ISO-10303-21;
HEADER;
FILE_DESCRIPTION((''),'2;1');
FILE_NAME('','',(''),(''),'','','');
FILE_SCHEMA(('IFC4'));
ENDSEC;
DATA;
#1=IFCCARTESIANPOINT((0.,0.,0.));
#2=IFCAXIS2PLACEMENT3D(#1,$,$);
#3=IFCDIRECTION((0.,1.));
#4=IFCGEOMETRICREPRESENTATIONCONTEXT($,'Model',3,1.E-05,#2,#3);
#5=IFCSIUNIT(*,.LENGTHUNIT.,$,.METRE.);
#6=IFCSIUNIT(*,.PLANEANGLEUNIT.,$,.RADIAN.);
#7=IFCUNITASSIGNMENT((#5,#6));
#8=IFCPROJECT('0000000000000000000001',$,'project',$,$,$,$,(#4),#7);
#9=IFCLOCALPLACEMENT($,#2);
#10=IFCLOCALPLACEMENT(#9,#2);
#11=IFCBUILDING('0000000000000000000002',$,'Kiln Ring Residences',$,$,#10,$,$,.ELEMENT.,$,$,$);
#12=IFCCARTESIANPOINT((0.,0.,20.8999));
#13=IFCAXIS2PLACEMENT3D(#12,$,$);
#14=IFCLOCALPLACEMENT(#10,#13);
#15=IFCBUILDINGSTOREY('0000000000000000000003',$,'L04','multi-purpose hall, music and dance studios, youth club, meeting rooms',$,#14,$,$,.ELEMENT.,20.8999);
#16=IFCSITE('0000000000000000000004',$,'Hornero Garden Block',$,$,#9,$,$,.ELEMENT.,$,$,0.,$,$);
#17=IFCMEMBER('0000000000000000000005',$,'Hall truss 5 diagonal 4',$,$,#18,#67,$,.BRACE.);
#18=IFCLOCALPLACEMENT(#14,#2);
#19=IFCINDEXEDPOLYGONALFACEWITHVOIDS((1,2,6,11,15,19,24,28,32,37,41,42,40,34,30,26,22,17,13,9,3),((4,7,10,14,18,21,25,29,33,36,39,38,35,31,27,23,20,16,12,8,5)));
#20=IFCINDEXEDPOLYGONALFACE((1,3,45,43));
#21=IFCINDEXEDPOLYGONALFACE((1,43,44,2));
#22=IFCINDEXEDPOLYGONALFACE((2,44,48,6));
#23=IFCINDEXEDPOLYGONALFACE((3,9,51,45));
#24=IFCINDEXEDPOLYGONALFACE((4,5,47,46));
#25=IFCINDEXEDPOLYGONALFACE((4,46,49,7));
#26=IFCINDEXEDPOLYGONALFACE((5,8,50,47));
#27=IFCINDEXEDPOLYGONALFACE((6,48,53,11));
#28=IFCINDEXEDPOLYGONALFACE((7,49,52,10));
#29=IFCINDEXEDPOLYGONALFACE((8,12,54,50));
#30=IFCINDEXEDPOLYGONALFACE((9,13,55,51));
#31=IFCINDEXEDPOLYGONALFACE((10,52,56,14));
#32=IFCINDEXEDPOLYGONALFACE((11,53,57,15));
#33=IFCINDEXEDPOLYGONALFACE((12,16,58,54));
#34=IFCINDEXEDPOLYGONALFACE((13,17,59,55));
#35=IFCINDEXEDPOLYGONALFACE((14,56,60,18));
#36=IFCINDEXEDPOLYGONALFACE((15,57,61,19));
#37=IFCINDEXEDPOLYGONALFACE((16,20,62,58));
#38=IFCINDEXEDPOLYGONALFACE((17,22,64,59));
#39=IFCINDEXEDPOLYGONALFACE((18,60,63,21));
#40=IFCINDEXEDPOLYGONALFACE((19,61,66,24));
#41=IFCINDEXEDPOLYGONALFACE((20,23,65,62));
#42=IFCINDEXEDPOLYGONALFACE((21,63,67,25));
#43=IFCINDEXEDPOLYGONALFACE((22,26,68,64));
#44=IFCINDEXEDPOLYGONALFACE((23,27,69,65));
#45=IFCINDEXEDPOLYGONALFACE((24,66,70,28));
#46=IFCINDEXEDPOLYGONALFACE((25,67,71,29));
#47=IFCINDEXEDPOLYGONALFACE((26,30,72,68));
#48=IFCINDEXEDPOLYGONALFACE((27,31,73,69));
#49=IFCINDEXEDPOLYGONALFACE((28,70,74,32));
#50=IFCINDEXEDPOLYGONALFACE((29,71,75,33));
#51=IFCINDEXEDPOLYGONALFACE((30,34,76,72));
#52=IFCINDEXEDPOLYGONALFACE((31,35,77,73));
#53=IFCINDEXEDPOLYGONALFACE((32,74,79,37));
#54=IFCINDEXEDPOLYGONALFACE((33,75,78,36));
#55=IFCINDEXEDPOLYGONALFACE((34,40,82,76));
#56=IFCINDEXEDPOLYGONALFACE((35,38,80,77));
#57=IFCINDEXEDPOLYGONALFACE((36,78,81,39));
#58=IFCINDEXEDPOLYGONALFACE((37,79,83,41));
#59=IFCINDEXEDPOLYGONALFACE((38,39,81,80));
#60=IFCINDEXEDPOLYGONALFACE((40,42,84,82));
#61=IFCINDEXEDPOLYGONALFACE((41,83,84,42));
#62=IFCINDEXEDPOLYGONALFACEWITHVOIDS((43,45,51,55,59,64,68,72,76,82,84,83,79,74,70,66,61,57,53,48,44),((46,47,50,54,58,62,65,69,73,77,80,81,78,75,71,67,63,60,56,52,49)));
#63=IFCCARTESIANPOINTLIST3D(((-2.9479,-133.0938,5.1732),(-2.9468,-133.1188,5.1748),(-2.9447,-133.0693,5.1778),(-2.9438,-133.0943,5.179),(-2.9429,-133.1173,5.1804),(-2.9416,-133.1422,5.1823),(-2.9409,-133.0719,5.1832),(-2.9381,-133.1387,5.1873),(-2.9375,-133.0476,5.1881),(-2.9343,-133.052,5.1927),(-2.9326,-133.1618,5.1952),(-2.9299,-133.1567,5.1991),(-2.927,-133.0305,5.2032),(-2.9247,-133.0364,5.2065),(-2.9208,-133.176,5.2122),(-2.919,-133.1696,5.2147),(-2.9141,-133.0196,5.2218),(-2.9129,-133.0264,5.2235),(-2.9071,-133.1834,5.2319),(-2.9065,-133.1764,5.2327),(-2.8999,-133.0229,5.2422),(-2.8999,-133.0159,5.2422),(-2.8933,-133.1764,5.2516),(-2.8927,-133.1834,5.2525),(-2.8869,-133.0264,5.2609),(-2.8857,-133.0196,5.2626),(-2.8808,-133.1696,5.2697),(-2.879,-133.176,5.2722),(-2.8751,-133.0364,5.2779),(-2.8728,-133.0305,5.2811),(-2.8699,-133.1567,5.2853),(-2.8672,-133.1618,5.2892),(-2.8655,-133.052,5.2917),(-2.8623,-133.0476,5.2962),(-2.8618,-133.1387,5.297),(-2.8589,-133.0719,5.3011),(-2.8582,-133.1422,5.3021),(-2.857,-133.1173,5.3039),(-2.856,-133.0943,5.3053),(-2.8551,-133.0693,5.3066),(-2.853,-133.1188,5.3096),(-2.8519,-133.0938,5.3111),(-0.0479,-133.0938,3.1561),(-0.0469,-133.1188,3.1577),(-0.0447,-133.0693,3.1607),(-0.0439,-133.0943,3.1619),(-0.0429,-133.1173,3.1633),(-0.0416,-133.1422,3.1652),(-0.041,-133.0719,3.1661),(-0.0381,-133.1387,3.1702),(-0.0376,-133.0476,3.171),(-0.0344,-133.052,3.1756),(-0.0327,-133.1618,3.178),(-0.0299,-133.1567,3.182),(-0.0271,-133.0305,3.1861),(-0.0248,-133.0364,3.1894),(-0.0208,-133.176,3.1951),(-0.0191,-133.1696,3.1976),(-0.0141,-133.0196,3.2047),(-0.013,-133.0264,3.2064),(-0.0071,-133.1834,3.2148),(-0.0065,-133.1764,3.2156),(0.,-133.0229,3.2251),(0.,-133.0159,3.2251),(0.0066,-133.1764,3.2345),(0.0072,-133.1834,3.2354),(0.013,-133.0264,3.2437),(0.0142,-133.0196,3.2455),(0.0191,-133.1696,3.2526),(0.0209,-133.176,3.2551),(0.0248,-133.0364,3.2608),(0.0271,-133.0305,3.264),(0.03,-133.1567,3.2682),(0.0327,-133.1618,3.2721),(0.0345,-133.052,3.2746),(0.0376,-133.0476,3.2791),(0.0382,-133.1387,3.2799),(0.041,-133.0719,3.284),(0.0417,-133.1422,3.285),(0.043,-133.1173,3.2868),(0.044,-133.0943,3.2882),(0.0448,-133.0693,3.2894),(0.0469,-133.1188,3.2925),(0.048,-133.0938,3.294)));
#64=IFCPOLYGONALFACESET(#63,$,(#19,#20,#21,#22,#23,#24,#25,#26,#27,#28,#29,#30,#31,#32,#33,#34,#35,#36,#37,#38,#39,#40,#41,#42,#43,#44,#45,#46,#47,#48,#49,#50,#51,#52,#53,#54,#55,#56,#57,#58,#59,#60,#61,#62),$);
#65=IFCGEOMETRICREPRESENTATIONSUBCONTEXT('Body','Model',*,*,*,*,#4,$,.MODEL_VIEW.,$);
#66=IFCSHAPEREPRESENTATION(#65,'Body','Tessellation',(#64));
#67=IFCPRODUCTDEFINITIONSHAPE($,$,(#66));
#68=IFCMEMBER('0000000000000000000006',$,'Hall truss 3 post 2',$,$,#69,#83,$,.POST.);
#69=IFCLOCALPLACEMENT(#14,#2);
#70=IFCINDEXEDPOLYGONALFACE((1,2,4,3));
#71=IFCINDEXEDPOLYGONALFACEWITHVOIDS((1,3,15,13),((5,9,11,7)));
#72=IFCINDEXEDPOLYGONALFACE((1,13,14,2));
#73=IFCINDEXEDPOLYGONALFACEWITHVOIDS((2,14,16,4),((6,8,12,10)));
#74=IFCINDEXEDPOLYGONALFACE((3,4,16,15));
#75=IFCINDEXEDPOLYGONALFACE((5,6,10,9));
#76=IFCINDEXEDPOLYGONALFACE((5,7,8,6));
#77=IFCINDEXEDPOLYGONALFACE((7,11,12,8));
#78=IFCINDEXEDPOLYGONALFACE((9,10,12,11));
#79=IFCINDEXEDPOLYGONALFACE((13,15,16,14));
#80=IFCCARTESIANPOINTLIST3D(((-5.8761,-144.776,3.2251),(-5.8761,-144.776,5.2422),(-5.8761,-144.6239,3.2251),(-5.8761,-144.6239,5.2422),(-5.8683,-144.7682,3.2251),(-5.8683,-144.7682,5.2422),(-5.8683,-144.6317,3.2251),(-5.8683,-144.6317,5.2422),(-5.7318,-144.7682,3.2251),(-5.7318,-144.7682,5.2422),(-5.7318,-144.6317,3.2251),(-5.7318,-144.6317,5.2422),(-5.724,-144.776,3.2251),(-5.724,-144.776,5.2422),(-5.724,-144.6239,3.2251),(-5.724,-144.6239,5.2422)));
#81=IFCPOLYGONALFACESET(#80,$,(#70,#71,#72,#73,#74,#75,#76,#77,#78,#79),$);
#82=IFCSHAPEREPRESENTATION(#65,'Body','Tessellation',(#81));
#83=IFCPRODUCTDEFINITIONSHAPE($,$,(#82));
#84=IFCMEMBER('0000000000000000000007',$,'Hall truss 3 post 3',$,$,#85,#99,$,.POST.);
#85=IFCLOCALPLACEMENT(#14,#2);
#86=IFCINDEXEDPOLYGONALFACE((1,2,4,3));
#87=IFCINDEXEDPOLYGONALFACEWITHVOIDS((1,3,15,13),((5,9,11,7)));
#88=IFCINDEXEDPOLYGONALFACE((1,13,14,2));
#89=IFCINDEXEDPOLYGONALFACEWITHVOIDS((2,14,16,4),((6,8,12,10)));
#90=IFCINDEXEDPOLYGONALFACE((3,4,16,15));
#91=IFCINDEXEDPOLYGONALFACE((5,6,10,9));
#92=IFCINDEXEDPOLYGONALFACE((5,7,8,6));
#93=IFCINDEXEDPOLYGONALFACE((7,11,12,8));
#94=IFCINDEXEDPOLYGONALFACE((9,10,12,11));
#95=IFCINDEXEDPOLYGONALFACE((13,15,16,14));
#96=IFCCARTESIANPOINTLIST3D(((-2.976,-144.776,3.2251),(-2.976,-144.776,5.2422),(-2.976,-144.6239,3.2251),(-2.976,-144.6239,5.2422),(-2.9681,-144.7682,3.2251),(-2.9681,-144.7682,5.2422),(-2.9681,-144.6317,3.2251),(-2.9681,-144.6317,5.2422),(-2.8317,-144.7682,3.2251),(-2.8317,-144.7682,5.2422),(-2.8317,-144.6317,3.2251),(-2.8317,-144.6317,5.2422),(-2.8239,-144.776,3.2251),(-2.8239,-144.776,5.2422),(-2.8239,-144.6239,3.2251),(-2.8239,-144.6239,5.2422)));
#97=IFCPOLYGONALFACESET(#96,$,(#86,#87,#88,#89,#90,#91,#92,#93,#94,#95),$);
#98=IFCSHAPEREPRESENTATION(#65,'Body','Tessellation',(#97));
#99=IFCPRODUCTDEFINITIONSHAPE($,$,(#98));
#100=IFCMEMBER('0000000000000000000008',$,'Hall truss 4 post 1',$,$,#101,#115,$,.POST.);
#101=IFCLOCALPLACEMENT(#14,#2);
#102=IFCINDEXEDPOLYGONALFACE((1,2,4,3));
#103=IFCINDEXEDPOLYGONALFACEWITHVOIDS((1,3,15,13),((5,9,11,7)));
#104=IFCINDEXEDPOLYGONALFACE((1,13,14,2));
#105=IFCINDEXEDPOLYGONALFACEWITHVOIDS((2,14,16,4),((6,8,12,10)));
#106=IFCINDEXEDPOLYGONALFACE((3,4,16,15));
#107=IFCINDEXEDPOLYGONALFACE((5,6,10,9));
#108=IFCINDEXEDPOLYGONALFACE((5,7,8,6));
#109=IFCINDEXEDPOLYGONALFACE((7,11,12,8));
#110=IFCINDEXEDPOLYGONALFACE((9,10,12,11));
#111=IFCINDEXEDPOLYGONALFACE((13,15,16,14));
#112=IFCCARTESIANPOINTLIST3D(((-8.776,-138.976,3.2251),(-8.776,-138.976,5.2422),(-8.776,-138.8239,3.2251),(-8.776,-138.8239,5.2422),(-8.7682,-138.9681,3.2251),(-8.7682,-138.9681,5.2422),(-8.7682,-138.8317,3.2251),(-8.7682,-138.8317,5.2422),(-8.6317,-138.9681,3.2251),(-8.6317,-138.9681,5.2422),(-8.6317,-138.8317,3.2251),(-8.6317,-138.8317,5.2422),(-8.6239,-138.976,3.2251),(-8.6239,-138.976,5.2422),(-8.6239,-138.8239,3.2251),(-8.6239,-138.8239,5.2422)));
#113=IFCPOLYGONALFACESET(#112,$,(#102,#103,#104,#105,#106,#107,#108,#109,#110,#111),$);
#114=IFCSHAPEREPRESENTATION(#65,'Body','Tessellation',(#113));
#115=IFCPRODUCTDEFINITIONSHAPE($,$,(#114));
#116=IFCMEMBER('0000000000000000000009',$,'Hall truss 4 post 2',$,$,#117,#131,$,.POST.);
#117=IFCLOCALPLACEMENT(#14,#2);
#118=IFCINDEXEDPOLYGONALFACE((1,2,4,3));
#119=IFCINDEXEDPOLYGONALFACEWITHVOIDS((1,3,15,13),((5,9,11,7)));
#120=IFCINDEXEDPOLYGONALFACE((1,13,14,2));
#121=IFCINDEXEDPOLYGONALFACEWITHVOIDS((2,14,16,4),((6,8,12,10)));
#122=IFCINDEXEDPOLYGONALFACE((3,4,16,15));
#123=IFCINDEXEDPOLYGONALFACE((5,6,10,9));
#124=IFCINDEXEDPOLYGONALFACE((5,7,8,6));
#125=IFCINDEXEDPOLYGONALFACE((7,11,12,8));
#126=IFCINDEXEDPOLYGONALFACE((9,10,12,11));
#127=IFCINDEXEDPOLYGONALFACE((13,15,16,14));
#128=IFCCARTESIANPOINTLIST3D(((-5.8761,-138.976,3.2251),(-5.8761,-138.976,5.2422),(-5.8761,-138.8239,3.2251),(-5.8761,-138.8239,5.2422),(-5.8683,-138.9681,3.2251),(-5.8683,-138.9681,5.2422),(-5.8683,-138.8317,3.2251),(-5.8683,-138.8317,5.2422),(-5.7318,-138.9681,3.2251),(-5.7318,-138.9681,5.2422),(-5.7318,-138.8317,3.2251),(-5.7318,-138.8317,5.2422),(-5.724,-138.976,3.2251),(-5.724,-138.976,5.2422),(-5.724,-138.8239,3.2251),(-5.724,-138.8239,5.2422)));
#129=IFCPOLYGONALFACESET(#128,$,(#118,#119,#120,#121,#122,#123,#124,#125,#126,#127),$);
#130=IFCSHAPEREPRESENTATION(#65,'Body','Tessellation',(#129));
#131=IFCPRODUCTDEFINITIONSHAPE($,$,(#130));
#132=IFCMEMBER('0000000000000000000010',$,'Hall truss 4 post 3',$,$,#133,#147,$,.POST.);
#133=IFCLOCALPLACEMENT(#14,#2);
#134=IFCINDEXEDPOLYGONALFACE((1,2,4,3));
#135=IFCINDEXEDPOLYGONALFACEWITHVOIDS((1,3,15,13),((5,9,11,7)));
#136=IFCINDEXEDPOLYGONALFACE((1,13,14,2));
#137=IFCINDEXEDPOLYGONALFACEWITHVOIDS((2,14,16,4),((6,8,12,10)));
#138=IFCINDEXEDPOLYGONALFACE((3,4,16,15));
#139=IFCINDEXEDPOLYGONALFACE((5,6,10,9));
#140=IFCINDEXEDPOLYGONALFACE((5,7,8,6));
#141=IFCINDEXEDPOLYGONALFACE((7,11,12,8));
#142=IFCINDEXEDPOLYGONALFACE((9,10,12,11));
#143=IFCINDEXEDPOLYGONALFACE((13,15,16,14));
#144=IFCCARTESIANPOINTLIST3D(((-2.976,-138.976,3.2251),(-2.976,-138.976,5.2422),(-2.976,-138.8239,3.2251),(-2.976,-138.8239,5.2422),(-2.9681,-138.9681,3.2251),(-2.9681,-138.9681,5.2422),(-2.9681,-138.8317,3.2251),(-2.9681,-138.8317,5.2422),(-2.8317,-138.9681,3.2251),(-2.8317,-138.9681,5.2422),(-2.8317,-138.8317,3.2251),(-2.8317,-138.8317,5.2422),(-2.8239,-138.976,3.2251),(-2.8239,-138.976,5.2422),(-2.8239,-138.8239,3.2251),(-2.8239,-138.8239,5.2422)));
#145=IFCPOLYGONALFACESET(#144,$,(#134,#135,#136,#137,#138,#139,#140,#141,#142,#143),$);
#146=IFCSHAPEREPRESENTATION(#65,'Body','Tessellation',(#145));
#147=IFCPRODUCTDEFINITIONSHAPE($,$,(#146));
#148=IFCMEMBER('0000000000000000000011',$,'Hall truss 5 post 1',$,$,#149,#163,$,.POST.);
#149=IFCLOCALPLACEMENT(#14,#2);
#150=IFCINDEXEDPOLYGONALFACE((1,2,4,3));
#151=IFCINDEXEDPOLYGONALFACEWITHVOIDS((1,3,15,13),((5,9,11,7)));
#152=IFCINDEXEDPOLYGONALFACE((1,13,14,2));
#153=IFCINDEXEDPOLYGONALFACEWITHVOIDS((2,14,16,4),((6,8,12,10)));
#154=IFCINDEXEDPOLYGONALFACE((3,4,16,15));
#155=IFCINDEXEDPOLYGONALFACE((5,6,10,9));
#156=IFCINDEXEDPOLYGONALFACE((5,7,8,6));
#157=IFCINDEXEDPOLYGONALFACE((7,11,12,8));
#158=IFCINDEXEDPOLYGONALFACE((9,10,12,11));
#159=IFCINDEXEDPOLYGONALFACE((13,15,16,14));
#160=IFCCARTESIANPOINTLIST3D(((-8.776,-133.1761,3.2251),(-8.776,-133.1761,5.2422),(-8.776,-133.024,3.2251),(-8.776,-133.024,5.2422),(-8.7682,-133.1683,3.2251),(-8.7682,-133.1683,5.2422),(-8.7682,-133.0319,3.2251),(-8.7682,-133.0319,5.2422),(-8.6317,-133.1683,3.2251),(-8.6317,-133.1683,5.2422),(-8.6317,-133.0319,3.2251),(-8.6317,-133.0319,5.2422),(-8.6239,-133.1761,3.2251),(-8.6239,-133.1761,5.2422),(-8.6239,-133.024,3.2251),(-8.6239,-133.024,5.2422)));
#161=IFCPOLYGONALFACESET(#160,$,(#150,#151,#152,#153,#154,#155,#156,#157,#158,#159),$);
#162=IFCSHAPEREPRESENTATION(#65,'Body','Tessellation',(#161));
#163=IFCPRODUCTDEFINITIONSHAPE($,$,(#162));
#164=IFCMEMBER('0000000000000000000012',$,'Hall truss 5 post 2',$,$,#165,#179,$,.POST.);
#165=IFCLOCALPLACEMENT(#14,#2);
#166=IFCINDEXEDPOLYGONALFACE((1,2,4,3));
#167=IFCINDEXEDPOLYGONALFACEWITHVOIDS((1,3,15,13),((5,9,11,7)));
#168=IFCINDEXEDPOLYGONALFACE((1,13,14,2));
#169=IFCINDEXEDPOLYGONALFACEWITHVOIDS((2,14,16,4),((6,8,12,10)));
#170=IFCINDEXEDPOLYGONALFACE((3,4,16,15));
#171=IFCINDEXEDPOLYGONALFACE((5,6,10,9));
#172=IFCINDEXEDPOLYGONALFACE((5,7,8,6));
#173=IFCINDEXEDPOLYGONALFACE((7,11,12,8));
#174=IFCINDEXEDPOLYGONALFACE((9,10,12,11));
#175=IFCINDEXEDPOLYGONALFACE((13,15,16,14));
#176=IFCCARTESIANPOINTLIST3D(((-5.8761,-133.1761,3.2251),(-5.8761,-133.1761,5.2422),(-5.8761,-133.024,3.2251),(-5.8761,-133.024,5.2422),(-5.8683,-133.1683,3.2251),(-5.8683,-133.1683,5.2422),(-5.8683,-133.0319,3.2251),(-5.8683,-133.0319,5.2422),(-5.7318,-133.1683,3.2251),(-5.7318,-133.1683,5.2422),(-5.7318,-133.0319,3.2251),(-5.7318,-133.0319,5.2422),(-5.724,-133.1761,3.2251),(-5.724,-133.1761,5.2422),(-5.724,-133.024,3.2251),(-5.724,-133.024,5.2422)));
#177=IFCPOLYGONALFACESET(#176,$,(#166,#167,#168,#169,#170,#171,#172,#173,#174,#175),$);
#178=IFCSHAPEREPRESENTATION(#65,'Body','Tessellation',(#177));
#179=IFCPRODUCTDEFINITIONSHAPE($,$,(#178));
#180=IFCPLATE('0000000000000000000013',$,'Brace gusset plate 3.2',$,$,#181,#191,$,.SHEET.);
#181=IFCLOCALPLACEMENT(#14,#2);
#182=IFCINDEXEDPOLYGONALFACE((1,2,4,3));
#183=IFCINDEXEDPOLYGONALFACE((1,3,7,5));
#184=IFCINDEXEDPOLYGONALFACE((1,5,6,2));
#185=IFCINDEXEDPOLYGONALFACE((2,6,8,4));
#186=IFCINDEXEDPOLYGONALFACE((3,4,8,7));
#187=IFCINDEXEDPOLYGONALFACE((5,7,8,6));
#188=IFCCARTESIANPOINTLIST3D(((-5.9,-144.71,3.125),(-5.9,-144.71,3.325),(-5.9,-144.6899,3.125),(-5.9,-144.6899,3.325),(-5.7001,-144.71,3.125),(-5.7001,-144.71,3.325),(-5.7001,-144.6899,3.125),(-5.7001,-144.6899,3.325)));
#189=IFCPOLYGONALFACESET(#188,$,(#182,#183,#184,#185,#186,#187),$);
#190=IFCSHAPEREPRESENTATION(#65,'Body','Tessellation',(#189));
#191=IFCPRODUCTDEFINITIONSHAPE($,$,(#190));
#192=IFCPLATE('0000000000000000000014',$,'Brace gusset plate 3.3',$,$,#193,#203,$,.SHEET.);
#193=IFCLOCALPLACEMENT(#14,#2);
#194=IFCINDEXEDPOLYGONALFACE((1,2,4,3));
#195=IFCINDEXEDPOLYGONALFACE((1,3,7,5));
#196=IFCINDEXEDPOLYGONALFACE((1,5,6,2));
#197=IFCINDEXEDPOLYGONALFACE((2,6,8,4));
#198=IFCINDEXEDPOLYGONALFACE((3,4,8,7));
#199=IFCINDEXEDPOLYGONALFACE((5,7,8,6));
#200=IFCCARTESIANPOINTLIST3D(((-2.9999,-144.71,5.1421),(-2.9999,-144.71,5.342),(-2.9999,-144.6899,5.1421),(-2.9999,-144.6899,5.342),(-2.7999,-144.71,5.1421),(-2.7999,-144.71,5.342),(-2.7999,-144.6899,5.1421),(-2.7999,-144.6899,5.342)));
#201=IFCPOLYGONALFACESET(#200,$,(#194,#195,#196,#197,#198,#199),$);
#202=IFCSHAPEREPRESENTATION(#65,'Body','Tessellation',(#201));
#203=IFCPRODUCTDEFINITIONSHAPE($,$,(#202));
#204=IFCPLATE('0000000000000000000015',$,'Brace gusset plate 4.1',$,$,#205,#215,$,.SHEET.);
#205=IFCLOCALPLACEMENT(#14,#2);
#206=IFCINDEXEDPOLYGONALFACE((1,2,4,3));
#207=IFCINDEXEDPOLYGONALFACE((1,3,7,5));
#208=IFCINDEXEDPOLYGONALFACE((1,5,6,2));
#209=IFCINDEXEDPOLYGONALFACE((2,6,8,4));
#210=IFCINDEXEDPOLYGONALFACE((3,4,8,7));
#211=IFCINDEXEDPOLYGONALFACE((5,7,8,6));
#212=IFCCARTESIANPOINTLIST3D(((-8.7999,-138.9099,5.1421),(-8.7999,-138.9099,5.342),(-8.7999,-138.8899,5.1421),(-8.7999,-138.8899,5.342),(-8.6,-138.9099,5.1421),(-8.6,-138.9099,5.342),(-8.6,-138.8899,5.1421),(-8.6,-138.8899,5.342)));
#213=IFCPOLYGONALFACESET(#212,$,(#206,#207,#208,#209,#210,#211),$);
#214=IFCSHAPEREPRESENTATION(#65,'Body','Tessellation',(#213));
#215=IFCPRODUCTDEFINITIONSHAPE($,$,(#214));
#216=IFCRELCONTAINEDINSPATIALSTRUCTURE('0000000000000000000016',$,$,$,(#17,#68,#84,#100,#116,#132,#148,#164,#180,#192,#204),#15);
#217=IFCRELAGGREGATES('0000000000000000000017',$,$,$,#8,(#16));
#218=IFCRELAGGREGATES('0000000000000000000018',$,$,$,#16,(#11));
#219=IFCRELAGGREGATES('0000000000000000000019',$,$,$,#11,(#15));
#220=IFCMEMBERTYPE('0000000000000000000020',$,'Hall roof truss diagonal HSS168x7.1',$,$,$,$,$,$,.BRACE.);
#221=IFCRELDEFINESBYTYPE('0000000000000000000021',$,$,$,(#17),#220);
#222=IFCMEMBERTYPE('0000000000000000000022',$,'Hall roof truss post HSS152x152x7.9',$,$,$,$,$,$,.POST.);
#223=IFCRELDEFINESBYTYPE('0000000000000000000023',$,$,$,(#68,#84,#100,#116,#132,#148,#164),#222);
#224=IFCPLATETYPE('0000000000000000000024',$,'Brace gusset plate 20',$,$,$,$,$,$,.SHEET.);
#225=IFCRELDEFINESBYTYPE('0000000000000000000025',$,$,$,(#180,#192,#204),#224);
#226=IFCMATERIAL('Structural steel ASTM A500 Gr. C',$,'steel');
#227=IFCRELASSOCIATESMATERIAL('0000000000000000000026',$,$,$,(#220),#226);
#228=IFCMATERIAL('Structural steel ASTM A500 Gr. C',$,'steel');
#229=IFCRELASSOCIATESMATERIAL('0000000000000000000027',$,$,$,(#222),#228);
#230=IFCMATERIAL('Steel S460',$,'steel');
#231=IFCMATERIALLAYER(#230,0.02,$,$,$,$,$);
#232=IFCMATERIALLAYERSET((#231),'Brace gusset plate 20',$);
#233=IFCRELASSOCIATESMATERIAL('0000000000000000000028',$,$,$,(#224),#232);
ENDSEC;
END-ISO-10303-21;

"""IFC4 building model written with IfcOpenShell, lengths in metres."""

from ifc_helpers import new_model, si_unit, direction, frame, origin, origin_2d, place, context, subcontext, project, spatial, rectangle, hollow_rectangle, hollow_circle, extrude, material, layer, layer_set, material_profile, profile_set, type_object, element, save


model = new_model("IFC4")

# Units and contexts
model_context = context("Model", 3, precision=1e-05, world=origin(), true_north=direction((0.0, 1.0)))
body_context = subcontext(model_context, "Body", "Model", "MODEL_VIEW")
ifc_project = project(units=[si_unit("LENGTHUNIT", "METRE"), si_unit("PLANEANGLEUNIT", "RADIAN")], contexts=[model_context])

# Site, building, storey
site_placement = place(None, origin())
site = spatial("IfcSite", under=ifc_project, at=site_placement, Name="Hornero Garden Block", CompositionType="ELEMENT", RefElevation=0.0)
building_placement = place(site_placement, origin())
building = spatial("IfcBuilding", under=site, at=building_placement, Name="Kiln Ring Residences", CompositionType="ELEMENT")
storey_placement = place(building_placement, frame((0.0, 0.0, 20.8999)))
storey = spatial("IfcBuildingStorey", under=building, at=storey_placement, Name="L04", Description="multi-purpose hall, music and dance studios, youth club, meeting rooms", CompositionType="ELEMENT", Elevation=20.8999)

# Members
ifc_material_1 = material(Name="Structural steel ASTM A500 Gr. C", Category="steel")
ifc_material_profile_1 = material_profile(ifc_material_1, hollow_circle(Radius=0.0842, WallThickness=0.0071, at=origin_2d()), Name="HSS168x7.1")
ifc_profile_set_1 = profile_set([ifc_material_profile_1], Name="Structural steel ASTM A500 Gr. C")
member_type_1 = type_object("IfcMemberType", Name="Hall roof truss diagonal HSS168x7.1", PredefinedType="BRACE", material=ifc_profile_set_1)
member_1_placement = place(storey_placement, frame((-2.8999, -133.1001, 5.2422), z_axis=(0.820936, 0.0, -0.57102), x_axis=(0.0, 1.0, 0.0)))
element("IfcMember", 1, at=member_1_placement, inside=storey, type_object=member_type_1, Name="Hall truss 5 diagonal 4", PredefinedType="BRACE", context=body_context, shape_type="SweptSolid", body=[
    extrude(hollow_circle(Radius=0.0842, WallThickness=0.0071, at=origin_2d()), origin(), (0.0, 0.0, 1.0), 3.5325),
])
ifc_material_2 = material(Name="Structural steel ASTM A500 Gr. C", Category="steel")
ifc_material_profile_2 = material_profile(ifc_material_2, hollow_rectangle(XDim=0.1521, YDim=0.1521, WallThickness=0.0078, at=origin_2d()), Name="HSS152x152x7.9")
ifc_profile_set_2 = profile_set([ifc_material_profile_2], Name="Structural steel ASTM A500 Gr. C")
member_type_2 = type_object("IfcMemberType", Name="Hall roof truss post HSS152x152x7.9", PredefinedType="POST", material=ifc_profile_set_2)
for number, where, z_axis, x_axis, name in (
    (2, (-5.8, -144.7, 3.2251), (0.0, 0.0, 1.0), (1.0, 0.0, 0.0), "Hall truss 3 post 2"),
    (3, (-2.8999, -144.7, 3.2251), (0.0, 0.0, 1.0), (1.0, 0.0, 0.0), "Hall truss 3 post 3"),
    (4, (-8.7, -138.8999, 3.2251), (0.0, 0.0, 1.0), (1.0, 0.0, 0.0), "Hall truss 4 post 1"),
    (5, (-5.8, -138.8999, 3.2251), (0.0, 0.0, 1.0), (1.0, 0.0, 0.0), "Hall truss 4 post 2"),
    (6, (-2.8999, -138.8999, 3.2251), (0.0, 0.0, 1.0), (1.0, 0.0, 0.0), "Hall truss 4 post 3"),
    (7, (-8.7, -133.1001, 3.2251), (0.0, 0.0, 1.0), (1.0, 0.0, 0.0), "Hall truss 5 post 1"),
    (8, (-5.8, -133.1001, 3.2251), (0.0, 0.0, 1.0), (1.0, 0.0, 0.0), "Hall truss 5 post 2"),
):
    element("IfcMember", number, at=place(storey_placement, frame(where, z_axis=z_axis, x_axis=x_axis)), inside=storey, type_object=member_type_2, Name=name, PredefinedType="POST", context=body_context, shape_type="SweptSolid", body=[
        extrude(hollow_rectangle(XDim=0.1521, YDim=0.1521, WallThickness=0.0078, at=origin_2d()), origin(), (0.0, 0.0, 1.0), 2.0171),
    ])

# Plates
ifc_material_3 = material(Name="Steel S460", Category="steel")
ifc_layer = layer(ifc_material_3, 0.02)
ifc_layer_set = layer_set([ifc_layer], Name="Brace gusset plate 20")
plate_type = type_object("IfcPlateType", Name="Brace gusset plate 20", PredefinedType="SHEET", material=ifc_layer_set)
for number, where, z_axis, x_axis, name in (
    (9, (-5.8, -144.7, 3.125), (0.0, 0.0, 1.0), (1.0, 0.0, 0.0), "Brace gusset plate 3.2"),
    (10, (-2.8999, -144.7, 5.1421), (0.0, 0.0, 1.0), (1.0, 0.0, 0.0), "Brace gusset plate 3.3"),
    (11, (-8.7, -138.8999, 5.1421), (0.0, 0.0, 1.0), (1.0, 0.0, 0.0), "Brace gusset plate 4.1"),
):
    element("IfcPlate", number, at=place(storey_placement, frame(where, z_axis=z_axis, x_axis=x_axis)), inside=storey, type_object=plate_type, Name=name, PredefinedType="SHEET", context=body_context, shape_type="SweptSolid", body=[
        extrude(rectangle(XDim=0.2, YDim=0.02, at=origin_2d()), origin(), (0.0, 0.0, 1.0), 0.2),
    ])

save(model, "model.ifc")
